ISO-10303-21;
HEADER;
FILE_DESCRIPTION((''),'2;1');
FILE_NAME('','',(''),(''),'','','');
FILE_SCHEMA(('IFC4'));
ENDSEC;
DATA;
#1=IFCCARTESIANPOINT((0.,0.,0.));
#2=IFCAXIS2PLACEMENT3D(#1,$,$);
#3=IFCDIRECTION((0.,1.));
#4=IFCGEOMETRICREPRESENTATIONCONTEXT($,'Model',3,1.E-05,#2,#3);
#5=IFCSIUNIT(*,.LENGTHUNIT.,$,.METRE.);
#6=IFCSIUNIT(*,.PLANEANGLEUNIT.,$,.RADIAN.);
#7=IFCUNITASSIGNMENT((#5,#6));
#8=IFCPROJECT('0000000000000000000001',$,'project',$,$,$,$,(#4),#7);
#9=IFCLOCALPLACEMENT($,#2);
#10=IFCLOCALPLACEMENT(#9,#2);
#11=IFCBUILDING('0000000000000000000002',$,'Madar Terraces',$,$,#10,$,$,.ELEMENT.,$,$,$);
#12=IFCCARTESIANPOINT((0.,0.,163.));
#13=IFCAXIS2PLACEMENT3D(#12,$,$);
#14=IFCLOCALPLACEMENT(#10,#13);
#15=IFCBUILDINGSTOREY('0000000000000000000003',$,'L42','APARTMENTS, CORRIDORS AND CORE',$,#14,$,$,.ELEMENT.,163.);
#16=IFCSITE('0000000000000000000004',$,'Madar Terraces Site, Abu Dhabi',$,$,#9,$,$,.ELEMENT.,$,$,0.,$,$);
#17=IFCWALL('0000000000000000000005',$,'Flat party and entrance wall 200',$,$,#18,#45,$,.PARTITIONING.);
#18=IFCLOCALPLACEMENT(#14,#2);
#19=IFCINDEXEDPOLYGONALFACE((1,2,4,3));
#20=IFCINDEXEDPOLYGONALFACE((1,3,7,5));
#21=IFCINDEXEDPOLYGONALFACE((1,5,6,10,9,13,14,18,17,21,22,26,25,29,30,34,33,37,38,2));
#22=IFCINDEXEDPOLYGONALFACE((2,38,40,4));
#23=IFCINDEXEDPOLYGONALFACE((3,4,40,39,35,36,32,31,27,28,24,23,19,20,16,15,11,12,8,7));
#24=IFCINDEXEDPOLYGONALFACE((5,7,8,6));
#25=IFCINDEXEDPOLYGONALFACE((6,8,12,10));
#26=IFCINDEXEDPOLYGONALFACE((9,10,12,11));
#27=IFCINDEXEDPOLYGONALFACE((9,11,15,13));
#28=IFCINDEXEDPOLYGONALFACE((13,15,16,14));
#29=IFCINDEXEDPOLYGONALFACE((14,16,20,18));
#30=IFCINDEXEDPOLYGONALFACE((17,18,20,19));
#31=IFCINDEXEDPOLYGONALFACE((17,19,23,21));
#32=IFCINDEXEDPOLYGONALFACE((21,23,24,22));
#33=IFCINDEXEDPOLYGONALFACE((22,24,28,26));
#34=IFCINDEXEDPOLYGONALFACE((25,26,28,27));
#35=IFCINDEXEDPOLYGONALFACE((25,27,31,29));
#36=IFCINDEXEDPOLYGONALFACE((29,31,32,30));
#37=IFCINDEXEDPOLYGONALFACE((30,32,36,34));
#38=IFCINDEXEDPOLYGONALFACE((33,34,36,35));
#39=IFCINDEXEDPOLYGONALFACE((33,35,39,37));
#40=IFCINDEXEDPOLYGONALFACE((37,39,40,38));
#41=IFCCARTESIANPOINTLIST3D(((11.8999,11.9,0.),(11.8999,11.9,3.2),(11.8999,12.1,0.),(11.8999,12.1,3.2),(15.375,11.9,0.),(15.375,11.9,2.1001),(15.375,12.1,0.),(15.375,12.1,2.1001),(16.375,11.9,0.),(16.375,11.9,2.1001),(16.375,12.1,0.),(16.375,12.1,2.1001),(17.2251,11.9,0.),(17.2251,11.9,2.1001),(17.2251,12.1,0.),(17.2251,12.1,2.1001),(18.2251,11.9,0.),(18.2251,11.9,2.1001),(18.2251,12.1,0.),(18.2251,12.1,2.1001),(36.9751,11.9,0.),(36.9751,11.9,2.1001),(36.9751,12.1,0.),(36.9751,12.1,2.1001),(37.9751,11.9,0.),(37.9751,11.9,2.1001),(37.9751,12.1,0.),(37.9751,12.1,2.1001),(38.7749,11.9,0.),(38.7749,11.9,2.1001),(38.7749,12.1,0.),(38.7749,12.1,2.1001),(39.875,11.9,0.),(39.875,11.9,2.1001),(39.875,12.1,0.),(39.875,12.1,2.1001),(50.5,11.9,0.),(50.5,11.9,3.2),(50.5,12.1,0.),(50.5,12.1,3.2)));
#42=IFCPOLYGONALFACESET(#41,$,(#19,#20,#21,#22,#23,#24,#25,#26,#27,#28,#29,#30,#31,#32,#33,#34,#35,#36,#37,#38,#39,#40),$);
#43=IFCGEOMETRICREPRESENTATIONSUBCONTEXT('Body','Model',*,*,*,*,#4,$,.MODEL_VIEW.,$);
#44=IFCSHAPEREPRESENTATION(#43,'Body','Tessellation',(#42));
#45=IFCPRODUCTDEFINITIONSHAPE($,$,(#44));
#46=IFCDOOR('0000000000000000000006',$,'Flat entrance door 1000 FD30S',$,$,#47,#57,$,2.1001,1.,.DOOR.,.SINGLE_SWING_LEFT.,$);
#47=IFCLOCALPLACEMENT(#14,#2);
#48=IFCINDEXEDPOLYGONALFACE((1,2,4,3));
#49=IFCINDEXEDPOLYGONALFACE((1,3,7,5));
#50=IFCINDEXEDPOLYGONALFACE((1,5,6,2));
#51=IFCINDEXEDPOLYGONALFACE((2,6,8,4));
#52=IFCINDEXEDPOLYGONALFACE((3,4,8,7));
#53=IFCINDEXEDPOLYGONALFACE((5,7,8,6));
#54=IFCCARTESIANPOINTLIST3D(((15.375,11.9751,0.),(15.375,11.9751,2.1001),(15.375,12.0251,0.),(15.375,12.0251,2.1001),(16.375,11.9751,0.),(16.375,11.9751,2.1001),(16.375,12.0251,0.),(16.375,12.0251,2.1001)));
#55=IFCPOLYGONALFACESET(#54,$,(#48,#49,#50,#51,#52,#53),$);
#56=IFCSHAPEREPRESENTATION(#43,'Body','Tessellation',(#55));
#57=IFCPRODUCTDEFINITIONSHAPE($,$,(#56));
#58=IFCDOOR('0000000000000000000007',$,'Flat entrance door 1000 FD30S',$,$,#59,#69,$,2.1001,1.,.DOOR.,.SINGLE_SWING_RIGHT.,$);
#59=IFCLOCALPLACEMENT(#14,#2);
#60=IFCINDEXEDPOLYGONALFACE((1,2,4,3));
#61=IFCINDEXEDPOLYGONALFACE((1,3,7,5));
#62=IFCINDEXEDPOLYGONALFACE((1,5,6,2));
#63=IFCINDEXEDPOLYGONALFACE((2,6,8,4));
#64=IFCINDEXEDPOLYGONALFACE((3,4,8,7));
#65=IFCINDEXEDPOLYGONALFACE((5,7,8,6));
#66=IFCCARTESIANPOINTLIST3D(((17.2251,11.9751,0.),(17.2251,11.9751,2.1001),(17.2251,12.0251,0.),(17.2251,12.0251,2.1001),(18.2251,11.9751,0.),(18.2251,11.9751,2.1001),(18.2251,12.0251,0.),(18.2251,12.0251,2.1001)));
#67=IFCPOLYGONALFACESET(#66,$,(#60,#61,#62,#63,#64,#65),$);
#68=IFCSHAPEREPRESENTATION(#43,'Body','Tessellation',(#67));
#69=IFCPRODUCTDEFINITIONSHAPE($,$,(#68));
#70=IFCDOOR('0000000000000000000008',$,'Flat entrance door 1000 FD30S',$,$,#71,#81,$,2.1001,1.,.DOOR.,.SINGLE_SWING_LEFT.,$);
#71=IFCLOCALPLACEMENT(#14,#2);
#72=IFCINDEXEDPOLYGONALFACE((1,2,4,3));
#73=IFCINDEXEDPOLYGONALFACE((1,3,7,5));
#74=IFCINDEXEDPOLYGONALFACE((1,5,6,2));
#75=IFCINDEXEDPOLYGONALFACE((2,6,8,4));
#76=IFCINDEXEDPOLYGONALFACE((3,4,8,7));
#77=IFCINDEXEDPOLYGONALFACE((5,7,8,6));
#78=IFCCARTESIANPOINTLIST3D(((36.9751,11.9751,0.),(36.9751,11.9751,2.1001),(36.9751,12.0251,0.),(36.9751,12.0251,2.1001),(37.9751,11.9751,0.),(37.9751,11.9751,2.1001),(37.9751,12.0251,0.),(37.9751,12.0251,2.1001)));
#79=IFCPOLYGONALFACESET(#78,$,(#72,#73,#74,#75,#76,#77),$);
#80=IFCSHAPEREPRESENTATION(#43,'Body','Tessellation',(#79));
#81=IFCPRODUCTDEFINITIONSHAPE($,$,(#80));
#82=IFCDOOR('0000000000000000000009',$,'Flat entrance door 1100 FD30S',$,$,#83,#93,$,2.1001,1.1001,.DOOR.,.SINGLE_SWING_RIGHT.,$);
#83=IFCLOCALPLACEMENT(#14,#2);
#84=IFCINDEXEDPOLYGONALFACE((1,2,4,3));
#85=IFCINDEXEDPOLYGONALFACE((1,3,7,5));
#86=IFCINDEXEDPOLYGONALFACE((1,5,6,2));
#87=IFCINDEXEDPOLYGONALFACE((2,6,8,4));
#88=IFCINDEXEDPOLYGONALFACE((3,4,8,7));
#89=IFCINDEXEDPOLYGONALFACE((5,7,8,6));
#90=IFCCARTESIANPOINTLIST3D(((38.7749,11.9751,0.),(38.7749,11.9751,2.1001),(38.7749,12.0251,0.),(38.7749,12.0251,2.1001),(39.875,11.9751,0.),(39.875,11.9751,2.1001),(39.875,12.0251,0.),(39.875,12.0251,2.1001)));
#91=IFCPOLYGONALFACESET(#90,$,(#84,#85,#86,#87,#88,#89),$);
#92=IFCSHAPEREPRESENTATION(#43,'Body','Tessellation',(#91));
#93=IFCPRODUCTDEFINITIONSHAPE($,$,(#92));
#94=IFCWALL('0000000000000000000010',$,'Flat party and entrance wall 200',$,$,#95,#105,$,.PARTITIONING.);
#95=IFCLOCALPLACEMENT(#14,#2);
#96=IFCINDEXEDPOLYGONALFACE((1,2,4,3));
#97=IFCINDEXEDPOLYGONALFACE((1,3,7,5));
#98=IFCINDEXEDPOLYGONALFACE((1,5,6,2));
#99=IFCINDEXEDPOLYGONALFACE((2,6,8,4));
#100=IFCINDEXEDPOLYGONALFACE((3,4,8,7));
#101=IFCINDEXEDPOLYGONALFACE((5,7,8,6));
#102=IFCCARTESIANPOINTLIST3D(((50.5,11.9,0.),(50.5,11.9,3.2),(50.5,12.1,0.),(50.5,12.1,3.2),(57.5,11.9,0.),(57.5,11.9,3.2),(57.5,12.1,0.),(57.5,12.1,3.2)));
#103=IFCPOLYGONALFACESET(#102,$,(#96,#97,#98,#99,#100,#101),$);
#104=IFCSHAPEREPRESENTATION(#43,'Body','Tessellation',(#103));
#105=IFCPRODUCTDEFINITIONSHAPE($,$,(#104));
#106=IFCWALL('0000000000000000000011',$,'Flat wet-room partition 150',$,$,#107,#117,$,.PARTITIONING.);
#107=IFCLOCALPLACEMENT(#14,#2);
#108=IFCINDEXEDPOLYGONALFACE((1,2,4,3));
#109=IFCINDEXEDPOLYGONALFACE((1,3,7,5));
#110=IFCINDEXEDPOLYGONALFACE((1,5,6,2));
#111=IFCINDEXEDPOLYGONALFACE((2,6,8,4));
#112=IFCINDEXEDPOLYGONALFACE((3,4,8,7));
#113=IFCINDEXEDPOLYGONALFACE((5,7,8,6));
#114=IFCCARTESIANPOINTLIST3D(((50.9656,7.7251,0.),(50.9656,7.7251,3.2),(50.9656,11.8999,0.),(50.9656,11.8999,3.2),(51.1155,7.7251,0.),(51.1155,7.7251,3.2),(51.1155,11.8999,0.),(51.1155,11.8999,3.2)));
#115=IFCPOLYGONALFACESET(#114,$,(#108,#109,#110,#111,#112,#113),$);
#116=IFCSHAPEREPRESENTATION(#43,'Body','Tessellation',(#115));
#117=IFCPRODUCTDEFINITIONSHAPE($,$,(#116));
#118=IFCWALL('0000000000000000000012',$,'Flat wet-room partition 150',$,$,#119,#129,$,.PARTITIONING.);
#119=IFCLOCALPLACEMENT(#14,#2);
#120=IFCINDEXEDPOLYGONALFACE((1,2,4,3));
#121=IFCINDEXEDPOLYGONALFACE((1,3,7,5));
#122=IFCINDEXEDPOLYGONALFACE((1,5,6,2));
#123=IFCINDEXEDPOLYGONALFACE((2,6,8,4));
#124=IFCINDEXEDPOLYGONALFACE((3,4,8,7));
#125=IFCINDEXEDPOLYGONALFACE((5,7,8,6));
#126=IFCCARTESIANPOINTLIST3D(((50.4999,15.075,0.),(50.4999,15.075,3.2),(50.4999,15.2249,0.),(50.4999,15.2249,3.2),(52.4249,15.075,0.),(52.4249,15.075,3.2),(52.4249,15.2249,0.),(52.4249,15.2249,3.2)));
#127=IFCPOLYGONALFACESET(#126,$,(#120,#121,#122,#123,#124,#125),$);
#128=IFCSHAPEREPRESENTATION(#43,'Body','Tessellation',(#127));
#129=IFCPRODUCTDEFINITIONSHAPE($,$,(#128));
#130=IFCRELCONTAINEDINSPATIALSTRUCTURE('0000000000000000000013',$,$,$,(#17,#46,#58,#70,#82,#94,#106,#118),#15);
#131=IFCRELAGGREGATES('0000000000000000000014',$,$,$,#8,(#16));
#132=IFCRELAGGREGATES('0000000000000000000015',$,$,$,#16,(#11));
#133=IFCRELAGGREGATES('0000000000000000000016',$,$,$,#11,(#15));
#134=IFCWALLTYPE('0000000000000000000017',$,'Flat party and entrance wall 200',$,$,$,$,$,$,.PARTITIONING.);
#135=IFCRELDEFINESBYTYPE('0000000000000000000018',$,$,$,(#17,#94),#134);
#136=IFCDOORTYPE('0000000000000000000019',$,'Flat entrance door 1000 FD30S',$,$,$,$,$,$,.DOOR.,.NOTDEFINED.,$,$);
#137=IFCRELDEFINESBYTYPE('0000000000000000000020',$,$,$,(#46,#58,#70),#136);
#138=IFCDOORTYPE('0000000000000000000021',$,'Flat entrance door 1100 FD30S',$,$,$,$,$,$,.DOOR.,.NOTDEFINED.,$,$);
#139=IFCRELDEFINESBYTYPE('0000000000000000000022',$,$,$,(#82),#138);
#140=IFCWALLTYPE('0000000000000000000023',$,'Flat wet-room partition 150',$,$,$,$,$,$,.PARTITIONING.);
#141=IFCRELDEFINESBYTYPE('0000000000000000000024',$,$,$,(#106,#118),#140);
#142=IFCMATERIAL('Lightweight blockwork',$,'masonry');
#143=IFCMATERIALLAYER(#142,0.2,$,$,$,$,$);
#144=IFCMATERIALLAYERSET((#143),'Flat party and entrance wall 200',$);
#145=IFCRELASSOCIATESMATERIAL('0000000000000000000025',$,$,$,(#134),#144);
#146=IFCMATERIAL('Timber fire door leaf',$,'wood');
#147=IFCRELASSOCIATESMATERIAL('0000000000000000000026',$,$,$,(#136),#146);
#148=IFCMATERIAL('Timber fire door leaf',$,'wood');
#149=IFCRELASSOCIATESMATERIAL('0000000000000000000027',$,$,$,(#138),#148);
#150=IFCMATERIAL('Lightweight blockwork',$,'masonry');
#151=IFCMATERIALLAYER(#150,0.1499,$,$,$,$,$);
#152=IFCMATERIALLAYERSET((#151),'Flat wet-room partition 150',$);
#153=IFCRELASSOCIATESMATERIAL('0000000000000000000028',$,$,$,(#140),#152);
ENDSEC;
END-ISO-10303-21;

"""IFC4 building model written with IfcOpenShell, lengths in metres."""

from ifc_helpers import new_model, si_unit, direction, frame, frame_2d, origin, place, context, subcontext, project, spatial, rectangle, extrude, material, layer, layer_set, type_object, element, fill, save


model = new_model("IFC4")

# Units and contexts
model_context = context("Model", 3, precision=1e-05, world=origin(), true_north=direction((0.0, 1.0)))
body_context = subcontext(model_context, "Body", "Model", "MODEL_VIEW")
ifc_project = project(units=[si_unit("LENGTHUNIT", "METRE"), si_unit("PLANEANGLEUNIT", "RADIAN")], contexts=[model_context])

# Site, building, storey
site_placement = place(None, origin())
site = spatial("IfcSite", under=ifc_project, at=site_placement, Name="Madar Terraces Site, Abu Dhabi", CompositionType="ELEMENT", RefElevation=0.0)
building_placement = place(site_placement, origin())
building = spatial("IfcBuilding", under=site, at=building_placement, Name="Madar Terraces", CompositionType="ELEMENT")
storey_placement = place(building_placement, frame((0.0, 0.0, 163.0)))
storey = spatial("IfcBuildingStorey", under=building, at=storey_placement, Name="L42", Description="APARTMENTS, CORRIDORS AND CORE", CompositionType="ELEMENT", Elevation=163.0)

# Wall, openings, doors
ifc_material_1 = material(Name="Lightweight blockwork", Category="masonry")
ifc_layer_1 = layer(ifc_material_1, 0.2)
ifc_layer_set_1 = layer_set([ifc_layer_1], Name="Flat party and entrance wall 200")
wall_type_1 = type_object("IfcWallType", Name="Flat party and entrance wall 200", PredefinedType="PARTITIONING", material=ifc_layer_set_1)
wall_1_placement = place(storey_placement, frame((50.5, 12.0, 0.0), z_axis=(0.0, 0.0, 1.0), x_axis=(-1.0, 0.0, 0.0)))
wall_1 = element("IfcWall", 1, at=wall_1_placement, inside=storey, type_object=wall_type_1, Name="Flat party and entrance wall 200", PredefinedType="PARTITIONING", context=body_context, shape_type="SweptSolid", body=[
    extrude(rectangle(XDim=38.6001, YDim=0.2, at=frame_2d((19.3, 0.0))), origin(), (0.0, 0.0, 1.0), 3.2),
])
opening_1_placement = place(wall_1_placement, frame((34.125, 0.0, 0.0)))
opening_1 = element("IfcOpeningElement", 2, at=opening_1_placement, cuts=wall_1, PredefinedType="OPENING", context=body_context, shape_type="SweptSolid", body=[
    extrude(rectangle(XDim=1.0, YDim=2.1001, at=frame_2d((0.5, 1.05))), frame((0.0, 0.1099, 0.0), z_axis=(0.0, -1.0, 0.0), x_axis=(1.0, 0.0, 0.0)), (0.0, 0.0, 1.0), 0.22),
])
opening_2_placement = place(wall_1_placement, frame((32.2749, 0.0, 0.0)))
opening_2 = element("IfcOpeningElement", 3, at=opening_2_placement, cuts=wall_1, PredefinedType="OPENING", context=body_context, shape_type="SweptSolid", body=[
    extrude(rectangle(XDim=1.0, YDim=2.1001, at=frame_2d((0.5, 1.05))), frame((0.0, 0.1099, 0.0), z_axis=(0.0, -1.0, 0.0), x_axis=(1.0, 0.0, 0.0)), (0.0, 0.0, 1.0), 0.22),
])
opening_3_placement = place(wall_1_placement, frame((12.5249, 0.0, 0.0)))
opening_3 = element("IfcOpeningElement", 4, at=opening_3_placement, cuts=wall_1, PredefinedType="OPENING", context=body_context, shape_type="SweptSolid", body=[
    extrude(rectangle(XDim=1.0, YDim=2.1001, at=frame_2d((0.5, 1.05))), frame((0.0, 0.1099, 0.0), z_axis=(0.0, -1.0, 0.0), x_axis=(1.0, 0.0, 0.0)), (0.0, 0.0, 1.0), 0.22),
])
opening_4_placement = place(wall_1_placement, frame((10.625, 0.0, 0.0)))
opening_4 = element("IfcOpeningElement", 5, at=opening_4_placement, cuts=wall_1, PredefinedType="OPENING", context=body_context, shape_type="SweptSolid", body=[
    extrude(rectangle(XDim=1.1001, YDim=2.1001, at=frame_2d((0.55, 1.05))), frame((0.0, 0.1099, 0.0), z_axis=(0.0, -1.0, 0.0), x_axis=(1.0, 0.0, 0.0)), (0.0, 0.0, 1.0), 0.22),
])
ifc_material_2 = material(Name="Timber fire door leaf", Category="wood")
door_type_1 = type_object("IfcDoorType", Name="Flat entrance door 1000 FD30S", OperationType="NOTDEFINED", PredefinedType="DOOR", material=ifc_material_2)
door_1_placement = place(opening_1_placement, origin())
door_1 = element("IfcDoor", 6, at=door_1_placement, inside=storey, type_object=door_type_1, Name="Flat entrance door 1000 FD30S", OperationType="SINGLE_SWING_LEFT", OverallHeight=2.1001, OverallWidth=1.0, PredefinedType="DOOR", context=body_context, shape_type="SweptSolid", body=[
    extrude(rectangle(XDim=1.0, YDim=2.1001, at=frame_2d((0.5, 1.05))), frame((0.0, 0.0249, 0.0), z_axis=(0.0, -1.0, 0.0), x_axis=(1.0, 0.0, 0.0)), (0.0, 0.0, 1.0), 0.05),
])
fill(opening_1, door_1)
door_2_placement = place(opening_2_placement, origin())
door_2 = element("IfcDoor", 7, at=door_2_placement, inside=storey, type_object=door_type_1, Name="Flat entrance door 1000 FD30S", OperationType="SINGLE_SWING_RIGHT", OverallHeight=2.1001, OverallWidth=1.0, PredefinedType="DOOR", context=body_context, shape_type="SweptSolid", body=[
    extrude(rectangle(XDim=1.0, YDim=2.1001, at=frame_2d((0.5, 1.05))), frame((0.0, 0.0249, 0.0), z_axis=(0.0, -1.0, 0.0), x_axis=(1.0, 0.0, 0.0)), (0.0, 0.0, 1.0), 0.05),
])
fill(opening_2, door_2)
door_3_placement = place(opening_3_placement, origin())
door_3 = element("IfcDoor", 8, at=door_3_placement, inside=storey, type_object=door_type_1, Name="Flat entrance door 1000 FD30S", OperationType="SINGLE_SWING_LEFT", OverallHeight=2.1001, OverallWidth=1.0, PredefinedType="DOOR", context=body_context, shape_type="SweptSolid", body=[
    extrude(rectangle(XDim=1.0, YDim=2.1001, at=frame_2d((0.5, 1.05))), frame((0.0, 0.0249, 0.0), z_axis=(0.0, -1.0, 0.0), x_axis=(1.0, 0.0, 0.0)), (0.0, 0.0, 1.0), 0.05),
])
fill(opening_3, door_3)
ifc_material_3 = material(Name="Timber fire door leaf", Category="wood")
door_type_2 = type_object("IfcDoorType", Name="Flat entrance door 1100 FD30S", OperationType="NOTDEFINED", PredefinedType="DOOR", material=ifc_material_3)
door_4_placement = place(opening_4_placement, origin())
door_4 = element("IfcDoor", 9, at=door_4_placement, inside=storey, type_object=door_type_2, Name="Flat entrance door 1100 FD30S", OperationType="SINGLE_SWING_RIGHT", OverallHeight=2.1001, OverallWidth=1.1001, PredefinedType="DOOR", context=body_context, shape_type="SweptSolid", body=[
    extrude(rectangle(XDim=1.1001, YDim=2.1001, at=frame_2d((0.55, 1.05))), frame((0.0, 0.0249, 0.0), z_axis=(0.0, -1.0, 0.0), x_axis=(1.0, 0.0, 0.0)), (0.0, 0.0, 1.0), 0.05),
])
fill(opening_4, door_4)

# Walls
wall_2_placement = place(storey_placement, frame((50.5, 12.0, 0.0), z_axis=(0.0, 0.0, 1.0), x_axis=(1.0, 0.0, 0.0)))
element("IfcWall", 10, at=wall_2_placement, inside=storey, type_object=wall_type_1, Name="Flat party and entrance wall 200", PredefinedType="PARTITIONING", context=body_context, shape_type="SweptSolid", body=[
    extrude(rectangle(XDim=7.0, YDim=0.2, at=frame_2d((3.5, 0.0))), origin(), (0.0, 0.0, 1.0), 3.2),
])
ifc_material_4 = material(Name="Lightweight blockwork", Category="masonry")
ifc_layer_2 = layer(ifc_material_4, 0.1499)
ifc_layer_set_2 = layer_set([ifc_layer_2], Name="Flat wet-room partition 150")
wall_type_2 = type_object("IfcWallType", Name="Flat wet-room partition 150", PredefinedType="PARTITIONING", material=ifc_layer_set_2)
wall_3_placement = place(storey_placement, frame((51.0405, 11.8999, 0.0), z_axis=(0.0, 0.0, 1.0), x_axis=(0.0, -1.0, 0.0)))
element("IfcWall", 11, at=wall_3_placement, inside=storey, type_object=wall_type_2, Name="Flat wet-room partition 150", PredefinedType="PARTITIONING", context=body_context, shape_type="SweptSolid", body=[
    extrude(rectangle(XDim=4.1748, YDim=0.1499, at=frame_2d((2.0874, 0.0))), origin(), (0.0, 0.0, 1.0), 3.2),
])
wall_4_placement = place(storey_placement, frame((50.5, 15.1499, 0.0), z_axis=(0.0, 0.0, 1.0), x_axis=(1.0, 0.0, 0.0)))
element("IfcWall", 12, at=wall_4_placement, inside=storey, type_object=wall_type_2, Name="Flat wet-room partition 150", PredefinedType="PARTITIONING", context=body_context, shape_type="SweptSolid", body=[
    extrude(rectangle(XDim=1.925, YDim=0.1499, at=frame_2d((0.9624, 0.0))), origin(), (0.0, 0.0, 1.0), 3.2),
])

save(model, "model.ifc")
